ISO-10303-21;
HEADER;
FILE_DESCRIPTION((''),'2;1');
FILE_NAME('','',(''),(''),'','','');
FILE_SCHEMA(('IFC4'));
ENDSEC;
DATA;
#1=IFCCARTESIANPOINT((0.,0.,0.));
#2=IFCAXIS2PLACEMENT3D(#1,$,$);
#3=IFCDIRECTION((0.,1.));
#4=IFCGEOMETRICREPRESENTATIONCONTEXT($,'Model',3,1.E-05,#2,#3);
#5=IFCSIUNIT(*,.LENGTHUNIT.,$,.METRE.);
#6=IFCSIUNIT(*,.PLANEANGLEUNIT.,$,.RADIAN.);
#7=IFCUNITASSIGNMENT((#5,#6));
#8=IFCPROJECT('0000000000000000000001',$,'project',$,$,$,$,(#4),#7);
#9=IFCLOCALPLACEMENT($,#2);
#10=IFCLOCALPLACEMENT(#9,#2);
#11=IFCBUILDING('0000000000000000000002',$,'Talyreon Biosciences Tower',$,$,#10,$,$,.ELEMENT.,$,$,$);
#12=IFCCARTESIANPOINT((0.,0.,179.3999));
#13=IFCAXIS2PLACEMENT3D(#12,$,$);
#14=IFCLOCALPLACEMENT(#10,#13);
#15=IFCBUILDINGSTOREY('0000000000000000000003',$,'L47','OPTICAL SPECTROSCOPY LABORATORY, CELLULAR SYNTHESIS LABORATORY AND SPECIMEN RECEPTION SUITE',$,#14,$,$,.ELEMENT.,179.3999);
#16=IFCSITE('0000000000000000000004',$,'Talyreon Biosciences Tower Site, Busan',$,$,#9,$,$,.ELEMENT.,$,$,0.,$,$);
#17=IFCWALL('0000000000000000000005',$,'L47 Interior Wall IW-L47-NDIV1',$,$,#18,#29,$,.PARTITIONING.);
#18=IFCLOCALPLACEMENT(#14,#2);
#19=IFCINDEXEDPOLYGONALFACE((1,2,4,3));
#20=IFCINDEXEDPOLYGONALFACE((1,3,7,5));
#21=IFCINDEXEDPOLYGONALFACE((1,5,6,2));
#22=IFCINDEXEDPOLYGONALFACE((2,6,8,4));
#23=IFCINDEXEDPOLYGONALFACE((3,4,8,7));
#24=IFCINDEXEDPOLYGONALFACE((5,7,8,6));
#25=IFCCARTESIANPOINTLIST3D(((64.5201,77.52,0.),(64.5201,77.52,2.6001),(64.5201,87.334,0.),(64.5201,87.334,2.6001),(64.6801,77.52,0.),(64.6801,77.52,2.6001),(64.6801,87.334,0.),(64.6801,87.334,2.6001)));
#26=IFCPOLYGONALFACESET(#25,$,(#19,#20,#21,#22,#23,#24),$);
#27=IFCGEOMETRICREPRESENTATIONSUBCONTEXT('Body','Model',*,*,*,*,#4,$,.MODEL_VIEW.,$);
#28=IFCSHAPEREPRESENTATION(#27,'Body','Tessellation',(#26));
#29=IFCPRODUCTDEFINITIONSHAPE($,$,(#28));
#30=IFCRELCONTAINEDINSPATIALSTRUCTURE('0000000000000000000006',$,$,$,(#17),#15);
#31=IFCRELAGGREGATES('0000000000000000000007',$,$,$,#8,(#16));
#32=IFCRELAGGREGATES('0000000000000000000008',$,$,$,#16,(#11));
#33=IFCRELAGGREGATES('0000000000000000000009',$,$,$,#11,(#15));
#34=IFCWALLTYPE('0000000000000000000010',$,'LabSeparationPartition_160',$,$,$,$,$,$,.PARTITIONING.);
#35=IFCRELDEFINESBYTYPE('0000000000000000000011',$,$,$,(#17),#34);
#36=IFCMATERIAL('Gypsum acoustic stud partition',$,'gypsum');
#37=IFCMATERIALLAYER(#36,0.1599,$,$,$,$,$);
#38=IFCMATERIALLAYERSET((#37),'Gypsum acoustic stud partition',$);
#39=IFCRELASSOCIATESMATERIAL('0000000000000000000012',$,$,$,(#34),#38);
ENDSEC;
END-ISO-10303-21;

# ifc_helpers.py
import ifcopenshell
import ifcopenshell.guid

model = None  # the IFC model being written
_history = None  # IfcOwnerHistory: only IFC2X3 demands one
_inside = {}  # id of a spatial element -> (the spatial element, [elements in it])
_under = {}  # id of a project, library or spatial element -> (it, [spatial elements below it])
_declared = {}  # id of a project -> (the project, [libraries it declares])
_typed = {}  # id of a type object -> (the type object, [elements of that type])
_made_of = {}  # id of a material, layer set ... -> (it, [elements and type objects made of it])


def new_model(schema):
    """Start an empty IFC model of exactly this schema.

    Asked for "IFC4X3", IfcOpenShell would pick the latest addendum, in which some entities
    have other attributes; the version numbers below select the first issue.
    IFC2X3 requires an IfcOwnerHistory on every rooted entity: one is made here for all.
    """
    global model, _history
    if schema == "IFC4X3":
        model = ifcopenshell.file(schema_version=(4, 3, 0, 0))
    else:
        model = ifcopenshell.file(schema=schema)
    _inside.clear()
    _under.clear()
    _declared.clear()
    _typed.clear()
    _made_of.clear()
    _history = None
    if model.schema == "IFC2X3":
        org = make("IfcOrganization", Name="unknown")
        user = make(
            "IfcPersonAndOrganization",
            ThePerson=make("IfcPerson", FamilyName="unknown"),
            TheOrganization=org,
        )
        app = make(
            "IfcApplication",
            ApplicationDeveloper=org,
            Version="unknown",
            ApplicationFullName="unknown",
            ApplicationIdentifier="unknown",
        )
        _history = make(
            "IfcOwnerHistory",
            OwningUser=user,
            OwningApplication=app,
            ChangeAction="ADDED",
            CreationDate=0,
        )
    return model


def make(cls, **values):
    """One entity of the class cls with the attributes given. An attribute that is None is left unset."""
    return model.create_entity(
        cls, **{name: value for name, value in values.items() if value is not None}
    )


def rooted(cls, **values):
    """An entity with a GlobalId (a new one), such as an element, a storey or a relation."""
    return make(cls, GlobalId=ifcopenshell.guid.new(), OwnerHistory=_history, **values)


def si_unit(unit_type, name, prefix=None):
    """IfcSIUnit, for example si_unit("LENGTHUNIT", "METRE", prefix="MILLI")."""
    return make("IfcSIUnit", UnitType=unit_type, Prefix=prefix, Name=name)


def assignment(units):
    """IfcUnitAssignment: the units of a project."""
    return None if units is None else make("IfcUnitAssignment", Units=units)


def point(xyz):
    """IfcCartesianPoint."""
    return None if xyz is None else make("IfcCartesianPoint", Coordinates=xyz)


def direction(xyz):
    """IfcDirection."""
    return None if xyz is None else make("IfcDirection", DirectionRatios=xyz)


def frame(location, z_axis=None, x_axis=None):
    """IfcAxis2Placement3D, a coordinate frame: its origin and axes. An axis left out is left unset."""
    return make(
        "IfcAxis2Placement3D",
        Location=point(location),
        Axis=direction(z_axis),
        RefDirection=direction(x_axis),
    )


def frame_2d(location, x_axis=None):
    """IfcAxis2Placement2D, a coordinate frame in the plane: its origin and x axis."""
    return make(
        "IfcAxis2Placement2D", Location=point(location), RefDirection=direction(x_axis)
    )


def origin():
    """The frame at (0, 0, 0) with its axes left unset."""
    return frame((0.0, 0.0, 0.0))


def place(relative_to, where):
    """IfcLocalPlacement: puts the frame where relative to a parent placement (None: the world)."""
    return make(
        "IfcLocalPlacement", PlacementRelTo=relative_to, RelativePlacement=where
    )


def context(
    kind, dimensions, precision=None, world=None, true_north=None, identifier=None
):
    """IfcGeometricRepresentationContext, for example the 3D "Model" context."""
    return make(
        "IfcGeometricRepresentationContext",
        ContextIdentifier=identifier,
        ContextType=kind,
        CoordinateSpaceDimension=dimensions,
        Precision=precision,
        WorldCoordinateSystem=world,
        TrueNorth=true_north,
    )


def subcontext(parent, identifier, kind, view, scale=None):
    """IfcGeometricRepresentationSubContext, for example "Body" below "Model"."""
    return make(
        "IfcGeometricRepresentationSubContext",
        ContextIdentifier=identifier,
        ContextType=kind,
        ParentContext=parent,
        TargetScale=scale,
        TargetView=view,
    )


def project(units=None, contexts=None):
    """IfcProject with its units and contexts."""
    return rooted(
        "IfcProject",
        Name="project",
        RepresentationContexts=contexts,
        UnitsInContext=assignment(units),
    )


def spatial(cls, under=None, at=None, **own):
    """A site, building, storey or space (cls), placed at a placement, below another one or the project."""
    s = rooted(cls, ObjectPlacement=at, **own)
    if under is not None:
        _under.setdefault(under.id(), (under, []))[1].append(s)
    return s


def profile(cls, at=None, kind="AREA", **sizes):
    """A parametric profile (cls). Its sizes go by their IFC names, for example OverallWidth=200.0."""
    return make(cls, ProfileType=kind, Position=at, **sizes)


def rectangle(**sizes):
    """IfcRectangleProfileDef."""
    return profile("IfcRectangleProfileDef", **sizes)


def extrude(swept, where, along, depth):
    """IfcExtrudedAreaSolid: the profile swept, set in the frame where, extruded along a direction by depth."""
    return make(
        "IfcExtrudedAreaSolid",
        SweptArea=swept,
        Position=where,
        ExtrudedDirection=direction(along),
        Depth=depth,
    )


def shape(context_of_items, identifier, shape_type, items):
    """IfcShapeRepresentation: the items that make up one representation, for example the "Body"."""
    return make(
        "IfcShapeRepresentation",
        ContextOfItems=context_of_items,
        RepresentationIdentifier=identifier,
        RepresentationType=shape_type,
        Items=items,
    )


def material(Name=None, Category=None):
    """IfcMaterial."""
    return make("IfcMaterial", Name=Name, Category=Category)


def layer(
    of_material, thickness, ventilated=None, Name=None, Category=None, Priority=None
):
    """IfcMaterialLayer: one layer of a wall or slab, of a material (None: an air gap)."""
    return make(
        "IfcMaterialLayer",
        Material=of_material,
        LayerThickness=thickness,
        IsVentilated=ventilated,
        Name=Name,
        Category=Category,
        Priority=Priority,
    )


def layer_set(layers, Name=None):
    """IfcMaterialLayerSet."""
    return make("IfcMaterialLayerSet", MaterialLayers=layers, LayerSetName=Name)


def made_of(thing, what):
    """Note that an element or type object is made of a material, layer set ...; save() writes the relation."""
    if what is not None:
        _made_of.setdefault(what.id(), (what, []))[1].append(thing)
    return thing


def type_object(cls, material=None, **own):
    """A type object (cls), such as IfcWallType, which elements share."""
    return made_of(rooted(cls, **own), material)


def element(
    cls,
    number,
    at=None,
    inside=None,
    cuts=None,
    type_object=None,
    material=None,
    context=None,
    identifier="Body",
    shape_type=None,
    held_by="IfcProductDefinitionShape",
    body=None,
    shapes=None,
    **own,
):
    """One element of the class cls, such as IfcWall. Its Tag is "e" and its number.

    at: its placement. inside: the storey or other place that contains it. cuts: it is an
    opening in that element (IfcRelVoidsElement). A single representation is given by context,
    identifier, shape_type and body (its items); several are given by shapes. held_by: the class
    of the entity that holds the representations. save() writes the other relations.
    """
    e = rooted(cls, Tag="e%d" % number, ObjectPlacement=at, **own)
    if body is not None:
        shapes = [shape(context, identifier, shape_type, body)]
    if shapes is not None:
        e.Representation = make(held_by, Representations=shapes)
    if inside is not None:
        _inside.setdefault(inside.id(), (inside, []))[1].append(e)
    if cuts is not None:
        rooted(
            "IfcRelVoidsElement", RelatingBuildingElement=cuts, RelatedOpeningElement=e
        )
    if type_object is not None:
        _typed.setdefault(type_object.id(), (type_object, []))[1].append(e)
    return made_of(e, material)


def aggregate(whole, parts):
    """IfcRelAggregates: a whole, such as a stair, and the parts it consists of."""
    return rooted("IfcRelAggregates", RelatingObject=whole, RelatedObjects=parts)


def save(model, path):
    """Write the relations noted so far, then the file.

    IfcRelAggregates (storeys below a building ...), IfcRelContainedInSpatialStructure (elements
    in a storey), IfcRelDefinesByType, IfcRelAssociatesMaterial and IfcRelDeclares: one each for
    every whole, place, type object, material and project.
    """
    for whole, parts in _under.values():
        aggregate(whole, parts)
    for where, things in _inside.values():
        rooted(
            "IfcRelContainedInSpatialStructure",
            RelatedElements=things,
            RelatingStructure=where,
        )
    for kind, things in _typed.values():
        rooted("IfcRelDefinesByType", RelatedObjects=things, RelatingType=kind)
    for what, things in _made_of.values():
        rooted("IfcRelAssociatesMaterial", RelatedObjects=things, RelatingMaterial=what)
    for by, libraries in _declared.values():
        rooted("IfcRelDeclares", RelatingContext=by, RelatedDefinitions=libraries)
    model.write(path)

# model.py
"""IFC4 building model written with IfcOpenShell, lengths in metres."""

from ifc_helpers import new_model, si_unit, direction, frame, frame_2d, origin, place, context, subcontext, project, spatial, rectangle, extrude, material, layer, layer_set, type_object, element, save


model = new_model("IFC4")

# Units and contexts
model_context = context("Model", 3, precision=1e-05, world=origin(), true_north=direction((0.0, 1.0)))
body_context = subcontext(model_context, "Body", "Model", "MODEL_VIEW")
ifc_project = project(units=[si_unit("LENGTHUNIT", "METRE"), si_unit("PLANEANGLEUNIT", "RADIAN")], contexts=[model_context])

# Site, building, storey
site_placement = place(None, origin())
site = spatial("IfcSite", under=ifc_project, at=site_placement, Name="Talyreon Biosciences Tower Site, Busan", CompositionType="ELEMENT", RefElevation=0.0)
building_placement = place(site_placement, origin())
building = spatial("IfcBuilding", under=site, at=building_placement, Name="Talyreon Biosciences Tower", CompositionType="ELEMENT")
storey_placement = place(building_placement, frame((0.0, 0.0, 179.3999)))
storey = spatial("IfcBuildingStorey", under=building, at=storey_placement, Name="L47", Description="OPTICAL SPECTROSCOPY LABORATORY, CELLULAR SYNTHESIS LABORATORY AND SPECIMEN RECEPTION SUITE", CompositionType="ELEMENT", Elevation=179.3999)

# Wall
ifc_material_1 = material(Name="Gypsum acoustic stud partition", Category="gypsum")
ifc_layer_1 = layer(ifc_material_1, 0.1599)
ifc_layer_set_1 = layer_set([ifc_layer_1], Name="Gypsum acoustic stud partition")
wall_type_1 = type_object("IfcWallType", Name="LabSeparationPartition_160", PredefinedType="PARTITIONING", material=ifc_layer_set_1)
wall_1_placement = place(storey_placement, frame((64.6001, 77.52, 0.0), z_axis=(0.0, 0.0, 1.0), x_axis=(0.0, 1.0, 0.0)))
element("IfcWall", 1, at=wall_1_placement, inside=storey, type_object=wall_type_1, Name="L47 Interior Wall IW-L47-NDIV1", PredefinedType="PARTITIONING", context=body_context, shape_type="SweptSolid", body=[
    extrude(rectangle(XDim=9.814, YDim=0.1599, at=frame_2d((4.907, 0.0))), origin(), (0.0, 0.0, 1.0), 2.6001),
])

save(model, "model.ifc")
